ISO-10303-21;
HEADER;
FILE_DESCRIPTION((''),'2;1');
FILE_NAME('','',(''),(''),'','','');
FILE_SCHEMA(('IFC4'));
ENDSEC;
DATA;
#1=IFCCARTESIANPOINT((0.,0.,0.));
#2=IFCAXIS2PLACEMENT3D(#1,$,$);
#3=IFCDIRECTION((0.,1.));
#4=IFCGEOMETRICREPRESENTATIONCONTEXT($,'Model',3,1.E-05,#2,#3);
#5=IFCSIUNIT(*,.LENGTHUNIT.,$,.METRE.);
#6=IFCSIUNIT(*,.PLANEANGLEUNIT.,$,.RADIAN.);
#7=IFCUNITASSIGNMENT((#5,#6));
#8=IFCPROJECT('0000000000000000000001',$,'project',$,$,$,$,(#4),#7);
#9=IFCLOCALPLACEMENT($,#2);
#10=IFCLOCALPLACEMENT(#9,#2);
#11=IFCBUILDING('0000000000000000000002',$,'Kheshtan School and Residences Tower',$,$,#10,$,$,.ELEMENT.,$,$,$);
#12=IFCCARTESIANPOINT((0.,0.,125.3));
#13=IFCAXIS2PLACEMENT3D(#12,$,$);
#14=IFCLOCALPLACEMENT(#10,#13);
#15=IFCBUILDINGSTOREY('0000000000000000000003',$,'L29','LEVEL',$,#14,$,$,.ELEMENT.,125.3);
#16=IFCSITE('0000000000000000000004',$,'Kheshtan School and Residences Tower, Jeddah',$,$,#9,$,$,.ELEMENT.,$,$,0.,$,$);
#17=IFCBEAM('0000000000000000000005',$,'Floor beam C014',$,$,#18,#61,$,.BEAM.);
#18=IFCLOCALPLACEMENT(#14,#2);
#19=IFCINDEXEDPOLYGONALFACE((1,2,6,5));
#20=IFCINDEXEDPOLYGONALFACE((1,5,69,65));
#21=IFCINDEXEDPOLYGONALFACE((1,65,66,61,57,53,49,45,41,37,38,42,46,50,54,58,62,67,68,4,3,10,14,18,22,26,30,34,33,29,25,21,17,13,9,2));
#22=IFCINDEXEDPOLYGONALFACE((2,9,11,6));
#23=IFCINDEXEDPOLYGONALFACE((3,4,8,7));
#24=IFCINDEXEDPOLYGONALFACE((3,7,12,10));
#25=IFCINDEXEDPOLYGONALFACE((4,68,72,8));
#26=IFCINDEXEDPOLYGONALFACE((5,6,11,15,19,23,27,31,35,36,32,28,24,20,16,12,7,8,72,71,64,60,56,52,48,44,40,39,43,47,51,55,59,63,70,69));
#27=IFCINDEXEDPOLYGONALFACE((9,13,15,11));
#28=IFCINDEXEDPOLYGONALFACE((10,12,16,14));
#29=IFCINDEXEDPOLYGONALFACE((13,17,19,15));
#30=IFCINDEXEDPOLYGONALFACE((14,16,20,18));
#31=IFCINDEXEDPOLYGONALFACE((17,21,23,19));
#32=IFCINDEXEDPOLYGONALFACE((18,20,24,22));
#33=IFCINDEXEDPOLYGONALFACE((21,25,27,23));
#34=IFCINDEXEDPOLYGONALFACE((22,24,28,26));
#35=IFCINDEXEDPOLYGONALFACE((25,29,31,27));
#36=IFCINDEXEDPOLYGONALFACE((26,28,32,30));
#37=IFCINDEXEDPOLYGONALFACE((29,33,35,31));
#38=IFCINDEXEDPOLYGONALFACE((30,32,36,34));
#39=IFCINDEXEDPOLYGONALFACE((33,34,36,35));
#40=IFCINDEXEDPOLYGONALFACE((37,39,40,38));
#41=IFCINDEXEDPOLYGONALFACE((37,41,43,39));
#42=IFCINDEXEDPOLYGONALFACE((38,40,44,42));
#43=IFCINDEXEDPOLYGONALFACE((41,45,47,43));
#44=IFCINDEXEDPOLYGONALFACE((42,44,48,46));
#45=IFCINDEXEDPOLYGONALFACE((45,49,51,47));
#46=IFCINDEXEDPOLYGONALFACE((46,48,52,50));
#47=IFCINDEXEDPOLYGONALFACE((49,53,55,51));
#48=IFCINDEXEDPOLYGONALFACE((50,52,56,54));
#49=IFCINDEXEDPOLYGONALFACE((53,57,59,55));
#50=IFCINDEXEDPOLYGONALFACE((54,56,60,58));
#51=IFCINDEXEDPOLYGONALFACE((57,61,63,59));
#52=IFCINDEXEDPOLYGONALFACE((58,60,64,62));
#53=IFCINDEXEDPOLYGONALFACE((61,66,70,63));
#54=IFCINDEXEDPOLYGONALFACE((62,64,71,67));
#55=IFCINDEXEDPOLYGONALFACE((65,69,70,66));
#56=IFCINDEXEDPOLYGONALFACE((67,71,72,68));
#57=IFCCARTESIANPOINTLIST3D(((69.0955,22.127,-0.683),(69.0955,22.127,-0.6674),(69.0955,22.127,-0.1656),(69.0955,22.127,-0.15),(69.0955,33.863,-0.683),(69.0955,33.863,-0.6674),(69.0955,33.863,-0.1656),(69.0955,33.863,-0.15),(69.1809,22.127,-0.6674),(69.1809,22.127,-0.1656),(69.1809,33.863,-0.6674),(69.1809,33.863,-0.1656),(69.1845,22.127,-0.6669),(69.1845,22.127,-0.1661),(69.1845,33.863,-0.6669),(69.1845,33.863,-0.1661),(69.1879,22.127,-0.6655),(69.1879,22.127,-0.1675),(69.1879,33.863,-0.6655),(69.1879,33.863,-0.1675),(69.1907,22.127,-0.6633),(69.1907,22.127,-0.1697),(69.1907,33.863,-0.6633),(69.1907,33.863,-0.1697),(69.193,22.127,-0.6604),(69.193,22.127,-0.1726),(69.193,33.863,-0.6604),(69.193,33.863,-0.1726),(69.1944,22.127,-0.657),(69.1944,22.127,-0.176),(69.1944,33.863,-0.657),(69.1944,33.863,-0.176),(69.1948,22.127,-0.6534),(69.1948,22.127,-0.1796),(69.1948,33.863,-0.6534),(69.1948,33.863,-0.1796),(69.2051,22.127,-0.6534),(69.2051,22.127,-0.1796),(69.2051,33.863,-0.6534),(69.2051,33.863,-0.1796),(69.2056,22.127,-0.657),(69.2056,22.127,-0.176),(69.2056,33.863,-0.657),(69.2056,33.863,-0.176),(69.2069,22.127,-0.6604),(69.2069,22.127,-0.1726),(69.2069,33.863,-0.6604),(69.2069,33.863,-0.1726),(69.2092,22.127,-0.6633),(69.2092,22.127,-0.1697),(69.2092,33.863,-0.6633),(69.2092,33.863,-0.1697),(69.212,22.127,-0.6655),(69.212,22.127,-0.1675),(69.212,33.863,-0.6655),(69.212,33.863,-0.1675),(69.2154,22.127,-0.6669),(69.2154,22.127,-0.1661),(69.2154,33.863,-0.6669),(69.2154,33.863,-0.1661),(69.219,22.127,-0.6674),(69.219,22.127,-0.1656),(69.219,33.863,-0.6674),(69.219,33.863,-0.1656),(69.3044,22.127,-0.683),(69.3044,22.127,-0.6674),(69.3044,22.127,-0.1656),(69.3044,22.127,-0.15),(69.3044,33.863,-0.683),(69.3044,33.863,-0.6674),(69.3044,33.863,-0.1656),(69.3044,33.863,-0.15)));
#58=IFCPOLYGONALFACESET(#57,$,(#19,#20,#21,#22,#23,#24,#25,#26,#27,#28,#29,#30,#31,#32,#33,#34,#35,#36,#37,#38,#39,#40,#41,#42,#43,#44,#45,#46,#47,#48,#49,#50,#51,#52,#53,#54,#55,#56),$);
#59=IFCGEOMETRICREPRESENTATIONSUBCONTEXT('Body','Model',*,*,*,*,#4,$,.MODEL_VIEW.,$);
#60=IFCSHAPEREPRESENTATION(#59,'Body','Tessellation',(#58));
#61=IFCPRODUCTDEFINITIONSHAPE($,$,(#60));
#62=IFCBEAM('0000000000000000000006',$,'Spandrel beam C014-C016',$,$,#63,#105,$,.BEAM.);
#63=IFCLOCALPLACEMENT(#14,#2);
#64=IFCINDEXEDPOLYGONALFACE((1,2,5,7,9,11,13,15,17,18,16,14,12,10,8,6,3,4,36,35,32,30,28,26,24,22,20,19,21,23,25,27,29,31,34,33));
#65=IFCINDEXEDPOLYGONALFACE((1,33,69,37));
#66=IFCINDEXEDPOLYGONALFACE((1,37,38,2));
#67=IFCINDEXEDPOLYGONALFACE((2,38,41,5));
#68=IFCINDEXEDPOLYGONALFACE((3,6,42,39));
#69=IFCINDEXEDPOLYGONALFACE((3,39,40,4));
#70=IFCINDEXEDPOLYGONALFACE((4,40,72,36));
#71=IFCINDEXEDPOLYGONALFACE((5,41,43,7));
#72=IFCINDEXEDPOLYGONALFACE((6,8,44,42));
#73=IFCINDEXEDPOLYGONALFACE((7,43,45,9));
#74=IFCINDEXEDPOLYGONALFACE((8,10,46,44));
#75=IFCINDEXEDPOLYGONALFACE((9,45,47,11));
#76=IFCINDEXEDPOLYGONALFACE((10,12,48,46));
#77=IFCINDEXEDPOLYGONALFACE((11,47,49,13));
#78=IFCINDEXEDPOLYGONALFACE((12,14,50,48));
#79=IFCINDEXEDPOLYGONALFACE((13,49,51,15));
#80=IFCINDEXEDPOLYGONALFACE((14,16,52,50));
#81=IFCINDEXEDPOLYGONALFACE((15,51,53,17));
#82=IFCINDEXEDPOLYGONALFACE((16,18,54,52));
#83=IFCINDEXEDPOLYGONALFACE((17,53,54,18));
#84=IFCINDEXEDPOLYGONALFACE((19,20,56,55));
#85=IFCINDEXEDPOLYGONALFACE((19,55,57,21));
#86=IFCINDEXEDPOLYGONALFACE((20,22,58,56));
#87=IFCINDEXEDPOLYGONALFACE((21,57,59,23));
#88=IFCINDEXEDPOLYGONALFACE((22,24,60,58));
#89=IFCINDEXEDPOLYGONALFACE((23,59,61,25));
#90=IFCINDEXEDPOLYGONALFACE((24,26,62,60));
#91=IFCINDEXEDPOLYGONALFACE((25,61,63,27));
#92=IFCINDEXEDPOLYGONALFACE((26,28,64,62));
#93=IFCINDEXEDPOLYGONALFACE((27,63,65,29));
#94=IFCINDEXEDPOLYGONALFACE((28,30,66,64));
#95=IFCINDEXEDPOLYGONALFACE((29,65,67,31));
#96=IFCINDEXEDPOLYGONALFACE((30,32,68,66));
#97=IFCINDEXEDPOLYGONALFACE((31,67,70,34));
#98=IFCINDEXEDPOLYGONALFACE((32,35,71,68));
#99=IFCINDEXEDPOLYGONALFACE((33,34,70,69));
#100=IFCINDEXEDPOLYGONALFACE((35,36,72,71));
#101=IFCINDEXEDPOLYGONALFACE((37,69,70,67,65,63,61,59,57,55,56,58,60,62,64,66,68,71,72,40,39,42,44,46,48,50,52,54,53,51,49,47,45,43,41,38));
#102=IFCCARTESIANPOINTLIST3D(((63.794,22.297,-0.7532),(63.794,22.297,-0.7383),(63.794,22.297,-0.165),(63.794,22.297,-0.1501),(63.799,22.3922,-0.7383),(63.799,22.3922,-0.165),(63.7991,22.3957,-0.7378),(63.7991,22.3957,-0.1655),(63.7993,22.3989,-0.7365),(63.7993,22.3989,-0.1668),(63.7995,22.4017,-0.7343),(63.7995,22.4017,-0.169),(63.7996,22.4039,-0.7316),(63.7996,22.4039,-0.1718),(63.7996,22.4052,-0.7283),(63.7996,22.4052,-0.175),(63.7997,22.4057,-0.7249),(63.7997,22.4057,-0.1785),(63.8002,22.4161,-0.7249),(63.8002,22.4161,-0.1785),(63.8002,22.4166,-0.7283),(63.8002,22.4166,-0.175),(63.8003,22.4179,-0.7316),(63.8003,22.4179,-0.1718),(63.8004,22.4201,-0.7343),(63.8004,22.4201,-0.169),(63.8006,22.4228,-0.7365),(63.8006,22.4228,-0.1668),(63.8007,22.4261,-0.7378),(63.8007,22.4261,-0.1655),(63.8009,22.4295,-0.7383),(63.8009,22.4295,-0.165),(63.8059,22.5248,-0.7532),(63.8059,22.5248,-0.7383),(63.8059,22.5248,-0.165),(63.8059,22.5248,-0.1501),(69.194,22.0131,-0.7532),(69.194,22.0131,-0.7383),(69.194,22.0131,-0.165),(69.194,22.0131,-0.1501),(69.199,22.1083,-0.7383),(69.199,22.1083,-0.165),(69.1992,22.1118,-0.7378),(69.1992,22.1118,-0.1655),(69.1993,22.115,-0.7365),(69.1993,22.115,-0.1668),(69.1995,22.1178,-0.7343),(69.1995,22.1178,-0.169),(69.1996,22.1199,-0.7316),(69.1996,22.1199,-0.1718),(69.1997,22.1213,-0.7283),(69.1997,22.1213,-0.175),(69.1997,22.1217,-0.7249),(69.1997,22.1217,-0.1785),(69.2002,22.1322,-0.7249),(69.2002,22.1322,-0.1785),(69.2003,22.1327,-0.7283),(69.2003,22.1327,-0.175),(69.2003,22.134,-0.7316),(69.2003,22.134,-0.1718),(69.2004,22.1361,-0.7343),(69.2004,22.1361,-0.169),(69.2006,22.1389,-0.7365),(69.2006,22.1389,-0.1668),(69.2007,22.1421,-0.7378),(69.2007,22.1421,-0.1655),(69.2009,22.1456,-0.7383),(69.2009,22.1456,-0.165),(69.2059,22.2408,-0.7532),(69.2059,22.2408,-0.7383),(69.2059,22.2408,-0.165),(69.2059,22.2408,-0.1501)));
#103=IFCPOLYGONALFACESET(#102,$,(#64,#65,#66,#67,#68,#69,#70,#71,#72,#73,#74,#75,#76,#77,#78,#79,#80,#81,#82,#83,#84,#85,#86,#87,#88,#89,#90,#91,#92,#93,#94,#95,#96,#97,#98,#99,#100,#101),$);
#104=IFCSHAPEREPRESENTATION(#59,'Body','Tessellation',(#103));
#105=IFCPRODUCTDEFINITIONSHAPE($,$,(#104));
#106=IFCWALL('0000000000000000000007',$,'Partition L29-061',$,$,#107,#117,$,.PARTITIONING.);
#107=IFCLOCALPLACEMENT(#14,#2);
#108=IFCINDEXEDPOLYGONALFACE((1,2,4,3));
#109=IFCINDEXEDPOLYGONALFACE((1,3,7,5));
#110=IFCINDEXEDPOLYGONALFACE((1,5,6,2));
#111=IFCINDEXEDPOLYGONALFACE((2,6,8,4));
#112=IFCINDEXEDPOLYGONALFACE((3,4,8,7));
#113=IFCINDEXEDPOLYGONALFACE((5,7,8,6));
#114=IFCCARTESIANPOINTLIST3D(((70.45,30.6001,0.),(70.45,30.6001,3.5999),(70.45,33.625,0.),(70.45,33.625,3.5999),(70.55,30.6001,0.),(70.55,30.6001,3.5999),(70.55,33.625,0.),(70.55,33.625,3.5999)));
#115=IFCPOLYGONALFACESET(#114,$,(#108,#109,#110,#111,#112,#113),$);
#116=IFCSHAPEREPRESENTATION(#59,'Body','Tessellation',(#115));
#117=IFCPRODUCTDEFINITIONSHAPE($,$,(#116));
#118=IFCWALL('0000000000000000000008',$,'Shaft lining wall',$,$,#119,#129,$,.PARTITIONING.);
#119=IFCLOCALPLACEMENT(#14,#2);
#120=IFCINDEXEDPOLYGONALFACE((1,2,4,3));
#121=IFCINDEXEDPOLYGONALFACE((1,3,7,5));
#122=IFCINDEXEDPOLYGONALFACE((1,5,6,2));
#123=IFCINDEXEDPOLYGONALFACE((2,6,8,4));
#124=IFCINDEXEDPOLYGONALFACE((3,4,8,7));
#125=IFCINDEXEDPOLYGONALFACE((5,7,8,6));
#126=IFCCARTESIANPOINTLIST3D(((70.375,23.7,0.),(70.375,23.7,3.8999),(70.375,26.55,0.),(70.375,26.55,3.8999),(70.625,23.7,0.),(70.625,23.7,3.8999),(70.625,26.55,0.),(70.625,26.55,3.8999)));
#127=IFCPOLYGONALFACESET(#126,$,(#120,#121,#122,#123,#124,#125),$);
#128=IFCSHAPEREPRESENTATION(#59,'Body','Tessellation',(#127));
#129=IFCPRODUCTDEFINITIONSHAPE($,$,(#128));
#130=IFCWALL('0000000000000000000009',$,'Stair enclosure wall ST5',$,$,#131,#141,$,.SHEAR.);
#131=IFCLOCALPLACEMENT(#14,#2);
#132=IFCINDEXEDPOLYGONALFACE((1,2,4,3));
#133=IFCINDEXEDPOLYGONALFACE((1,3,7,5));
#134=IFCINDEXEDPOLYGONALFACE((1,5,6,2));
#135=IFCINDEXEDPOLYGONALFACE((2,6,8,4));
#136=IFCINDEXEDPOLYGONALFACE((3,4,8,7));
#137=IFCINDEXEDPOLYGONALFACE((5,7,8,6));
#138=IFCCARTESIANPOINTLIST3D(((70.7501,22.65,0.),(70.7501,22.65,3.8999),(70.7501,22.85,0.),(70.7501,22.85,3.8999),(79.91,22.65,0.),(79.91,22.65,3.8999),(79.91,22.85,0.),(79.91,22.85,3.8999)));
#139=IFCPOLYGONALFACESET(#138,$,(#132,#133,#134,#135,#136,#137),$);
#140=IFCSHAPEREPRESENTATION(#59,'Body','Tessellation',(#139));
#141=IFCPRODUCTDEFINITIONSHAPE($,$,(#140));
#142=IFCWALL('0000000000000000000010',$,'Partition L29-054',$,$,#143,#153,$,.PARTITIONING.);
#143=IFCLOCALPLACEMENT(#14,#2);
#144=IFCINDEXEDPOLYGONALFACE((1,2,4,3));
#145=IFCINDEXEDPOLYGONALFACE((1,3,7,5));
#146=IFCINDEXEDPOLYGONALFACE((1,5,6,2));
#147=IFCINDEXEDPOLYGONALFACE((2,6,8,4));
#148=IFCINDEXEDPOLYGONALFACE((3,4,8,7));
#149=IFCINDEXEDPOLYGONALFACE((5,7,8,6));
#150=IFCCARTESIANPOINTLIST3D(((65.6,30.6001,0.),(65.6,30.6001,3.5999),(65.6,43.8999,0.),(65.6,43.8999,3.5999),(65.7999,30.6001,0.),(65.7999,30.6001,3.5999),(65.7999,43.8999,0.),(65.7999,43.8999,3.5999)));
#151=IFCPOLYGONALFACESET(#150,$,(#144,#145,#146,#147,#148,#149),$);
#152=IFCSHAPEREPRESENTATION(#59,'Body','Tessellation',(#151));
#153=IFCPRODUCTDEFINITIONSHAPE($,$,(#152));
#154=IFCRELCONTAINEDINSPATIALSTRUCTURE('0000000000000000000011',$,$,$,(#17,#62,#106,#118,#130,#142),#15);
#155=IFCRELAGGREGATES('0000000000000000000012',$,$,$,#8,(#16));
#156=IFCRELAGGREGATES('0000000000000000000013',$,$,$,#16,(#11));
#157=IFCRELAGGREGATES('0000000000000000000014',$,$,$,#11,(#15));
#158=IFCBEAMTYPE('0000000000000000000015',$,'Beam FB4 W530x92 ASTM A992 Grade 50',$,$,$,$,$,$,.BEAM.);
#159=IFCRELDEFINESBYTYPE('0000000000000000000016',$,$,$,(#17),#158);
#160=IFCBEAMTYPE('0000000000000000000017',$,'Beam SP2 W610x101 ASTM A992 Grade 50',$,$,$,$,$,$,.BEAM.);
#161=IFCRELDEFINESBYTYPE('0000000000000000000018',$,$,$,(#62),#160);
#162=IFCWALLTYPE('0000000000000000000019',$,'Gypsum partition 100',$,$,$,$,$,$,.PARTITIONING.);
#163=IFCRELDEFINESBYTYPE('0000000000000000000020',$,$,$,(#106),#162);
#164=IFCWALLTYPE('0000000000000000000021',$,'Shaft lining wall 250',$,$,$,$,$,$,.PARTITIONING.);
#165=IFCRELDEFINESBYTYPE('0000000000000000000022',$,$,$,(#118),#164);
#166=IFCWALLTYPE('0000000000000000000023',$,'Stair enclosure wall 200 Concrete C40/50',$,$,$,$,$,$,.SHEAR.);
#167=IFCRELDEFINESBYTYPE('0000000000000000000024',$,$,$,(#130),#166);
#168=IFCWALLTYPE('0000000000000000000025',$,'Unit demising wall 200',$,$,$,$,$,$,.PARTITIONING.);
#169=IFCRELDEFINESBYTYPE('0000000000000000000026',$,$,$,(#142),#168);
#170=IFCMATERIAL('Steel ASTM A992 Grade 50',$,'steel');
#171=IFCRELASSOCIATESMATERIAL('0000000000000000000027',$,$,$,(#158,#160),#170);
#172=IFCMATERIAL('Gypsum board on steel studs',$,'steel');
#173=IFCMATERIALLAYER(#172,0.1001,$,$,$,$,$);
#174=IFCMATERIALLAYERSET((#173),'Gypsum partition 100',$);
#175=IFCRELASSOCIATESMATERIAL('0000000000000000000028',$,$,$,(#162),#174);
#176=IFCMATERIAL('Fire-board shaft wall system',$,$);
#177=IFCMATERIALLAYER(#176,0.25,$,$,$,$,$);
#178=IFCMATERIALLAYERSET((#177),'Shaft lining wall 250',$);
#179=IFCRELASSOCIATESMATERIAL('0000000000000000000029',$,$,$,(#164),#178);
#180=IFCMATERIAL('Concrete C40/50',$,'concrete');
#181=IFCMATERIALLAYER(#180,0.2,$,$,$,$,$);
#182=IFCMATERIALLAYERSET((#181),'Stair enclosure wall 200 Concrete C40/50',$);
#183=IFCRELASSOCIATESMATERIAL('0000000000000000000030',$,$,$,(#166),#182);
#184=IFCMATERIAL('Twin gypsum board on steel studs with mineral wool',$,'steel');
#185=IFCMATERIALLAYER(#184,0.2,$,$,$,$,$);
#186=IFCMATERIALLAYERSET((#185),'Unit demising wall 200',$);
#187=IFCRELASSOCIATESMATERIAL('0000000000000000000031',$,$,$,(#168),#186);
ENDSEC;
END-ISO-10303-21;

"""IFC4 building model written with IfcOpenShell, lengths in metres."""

from ifc_helpers import new_model, si_unit, direction, frame, frame_2d, origin, origin_2d, place, context, subcontext, project, spatial, rectangle, i_section, extrude, material, layer, layer_set, material_profile, profile_set, type_object, element, save


model = new_model("IFC4")

# Units and contexts
model_context = context("Model", 3, precision=1e-05, world=origin(), true_north=direction((0.0, 1.0)))
body_context = subcontext(model_context, "Body", "Model", "MODEL_VIEW")
ifc_project = project(units=[si_unit("LENGTHUNIT", "METRE"), si_unit("PLANEANGLEUNIT", "RADIAN")], contexts=[model_context])

# Site, building, storey
site_placement = place(None, origin())
site = spatial("IfcSite", under=ifc_project, at=site_placement, Name="Kheshtan School and Residences Tower, Jeddah", CompositionType="ELEMENT", RefElevation=0.0)
building_placement = place(site_placement, origin())
building = spatial("IfcBuilding", under=site, at=building_placement, Name="Kheshtan School and Residences Tower", CompositionType="ELEMENT")
storey_placement = place(building_placement, frame((0.0, 0.0, 125.3)))
storey = spatial("IfcBuildingStorey", under=building, at=storey_placement, Name="L29", Description="LEVEL", CompositionType="ELEMENT", Elevation=125.3)

# Shared definitions
ifc_material_1 = material(Name="Steel ASTM A992 Grade 50", Category="steel")

# Beams
ifc_material_profile_1 = material_profile(ifc_material_1, i_section(OverallWidth=0.209, OverallDepth=0.533, WebThickness=0.0103, FlangeThickness=0.0156, FilletRadius=0.0139, at=origin_2d()), Name="W530x92")
ifc_profile_set_1 = profile_set([ifc_material_profile_1], Name="Steel ASTM A992 Grade 50")
beam_type_1 = type_object("IfcBeamType", Name="Beam FB4 W530x92 ASTM A992 Grade 50", PredefinedType="BEAM", material=ifc_profile_set_1)
beam_1_placement = place(storey_placement, frame((69.2, 22.127, -0.4165), z_axis=(0.0, 1.0, 0.0), x_axis=(-1.0, 0.0, 0.0)))
element("IfcBeam", 1, at=beam_1_placement, inside=storey, type_object=beam_type_1, Name="Floor beam C014", PredefinedType="BEAM", context=body_context, shape_type="SweptSolid", body=[
    extrude(i_section(OverallWidth=0.209, OverallDepth=0.533, WebThickness=0.0103, FlangeThickness=0.0156, FilletRadius=0.0139, at=origin_2d()), origin(), (0.0, 0.0, 1.0), 11.7361),
])
ifc_material_profile_2 = material_profile(ifc_material_1, i_section(OverallWidth=0.228, OverallDepth=0.603, WebThickness=0.0105, FlangeThickness=0.0149, FilletRadius=0.0134, at=origin_2d()), Name="W610x101")
ifc_profile_set_2 = profile_set([ifc_material_profile_2], Name="Steel ASTM A992 Grade 50")
beam_type_2 = type_object("IfcBeamType", Name="Beam SP2 W610x101 ASTM A992 Grade 50", PredefinedType="BEAM", material=ifc_profile_set_2)
beam_2_placement = place(storey_placement, frame((69.2, 22.127, -0.4517), z_axis=(-0.99862, 0.052509, 0.0), x_axis=(-0.052509, -0.99862, 0.0)))
element("IfcBeam", 2, at=beam_2_placement, inside=storey, type_object=beam_type_2, Name="Spandrel beam C014-C016", PredefinedType="BEAM", context=body_context, shape_type="SweptSolid", body=[
    extrude(i_section(OverallWidth=0.228, OverallDepth=0.603, WebThickness=0.0105, FlangeThickness=0.0149, FilletRadius=0.0134, at=origin_2d()), origin(), (0.0, 0.0, 1.0), 5.4075),
])

# Walls
ifc_material_2 = material(Name="Gypsum board on steel studs", Category="steel")
ifc_layer_1 = layer(ifc_material_2, 0.1001)
ifc_layer_set_1 = layer_set([ifc_layer_1], Name="Gypsum partition 100")
wall_type_1 = type_object("IfcWallType", Name="Gypsum partition 100", PredefinedType="PARTITIONING", material=ifc_layer_set_1)
wall_1_placement = place(storey_placement, frame((70.5, 30.6001, 0.0), z_axis=(0.0, 0.0, 1.0), x_axis=(0.0, 1.0, 0.0)))
element("IfcWall", 3, at=wall_1_placement, inside=storey, type_object=wall_type_1, Name="Partition L29-061", PredefinedType="PARTITIONING", context=body_context, shape_type="SweptSolid", body=[
    extrude(rectangle(XDim=3.0249, YDim=0.1001, at=frame_2d((1.5125, 0.0))), origin(), (0.0, 0.0, 1.0), 3.5999),
])
ifc_material_3 = material(Name="Fire-board shaft wall system")
ifc_layer_2 = layer(ifc_material_3, 0.25)
ifc_layer_set_2 = layer_set([ifc_layer_2], Name="Shaft lining wall 250")
wall_type_2 = type_object("IfcWallType", Name="Shaft lining wall 250", PredefinedType="PARTITIONING", material=ifc_layer_set_2)
wall_2_placement = place(storey_placement, frame((70.5, 23.7, 0.0), z_axis=(0.0, 0.0, 1.0), x_axis=(0.0, 1.0, 0.0)))
element("IfcWall", 4, at=wall_2_placement, inside=storey, type_object=wall_type_2, Name="Shaft lining wall", PredefinedType="PARTITIONING", context=body_context, shape_type="SweptSolid", body=[
    extrude(rectangle(XDim=2.8501, YDim=0.25, at=frame_2d((1.425, 0.0))), origin(), (0.0, 0.0, 1.0), 3.8999),
])
ifc_material_4 = material(Name="Concrete C40/50", Category="concrete")
ifc_layer_3 = layer(ifc_material_4, 0.2)
ifc_layer_set_3 = layer_set([ifc_layer_3], Name="Stair enclosure wall 200 Concrete C40/50")
wall_type_3 = type_object("IfcWallType", Name="Stair enclosure wall 200 Concrete C40/50", PredefinedType="SHEAR", material=ifc_layer_set_3)
wall_3_placement = place(storey_placement, frame((70.75, 22.75, 0.0), z_axis=(0.0, 0.0, 1.0), x_axis=(1.0, 0.0, 0.0)))
element("IfcWall", 5, at=wall_3_placement, inside=storey, type_object=wall_type_3, Name="Stair enclosure wall ST5", PredefinedType="SHEAR", context=body_context, shape_type="SweptSolid", body=[
    extrude(rectangle(XDim=9.1599, YDim=0.2, at=frame_2d((4.5801, 0.0))), origin(), (0.0, 0.0, 1.0), 3.8999),
])
ifc_material_5 = material(Name="Twin gypsum board on steel studs with mineral wool", Category="steel")
ifc_layer_4 = layer(ifc_material_5, 0.2)
ifc_layer_set_4 = layer_set([ifc_layer_4], Name="Unit demising wall 200")
wall_type_4 = type_object("IfcWallType", Name="Unit demising wall 200", PredefinedType="PARTITIONING", material=ifc_layer_set_4)
wall_4_placement = place(storey_placement, frame((65.7, 30.6001, 0.0), z_axis=(0.0, 0.0, 1.0), x_axis=(0.0, 1.0, 0.0)))
element("IfcWall", 6, at=wall_4_placement, inside=storey, type_object=wall_type_4, Name="Partition L29-054", PredefinedType="PARTITIONING", context=body_context, shape_type="SweptSolid", body=[
    extrude(rectangle(XDim=13.2998, YDim=0.2, at=frame_2d((6.6499, 0.0))), origin(), (0.0, 0.0, 1.0), 3.5999),
])

save(model, "model.ifc")
